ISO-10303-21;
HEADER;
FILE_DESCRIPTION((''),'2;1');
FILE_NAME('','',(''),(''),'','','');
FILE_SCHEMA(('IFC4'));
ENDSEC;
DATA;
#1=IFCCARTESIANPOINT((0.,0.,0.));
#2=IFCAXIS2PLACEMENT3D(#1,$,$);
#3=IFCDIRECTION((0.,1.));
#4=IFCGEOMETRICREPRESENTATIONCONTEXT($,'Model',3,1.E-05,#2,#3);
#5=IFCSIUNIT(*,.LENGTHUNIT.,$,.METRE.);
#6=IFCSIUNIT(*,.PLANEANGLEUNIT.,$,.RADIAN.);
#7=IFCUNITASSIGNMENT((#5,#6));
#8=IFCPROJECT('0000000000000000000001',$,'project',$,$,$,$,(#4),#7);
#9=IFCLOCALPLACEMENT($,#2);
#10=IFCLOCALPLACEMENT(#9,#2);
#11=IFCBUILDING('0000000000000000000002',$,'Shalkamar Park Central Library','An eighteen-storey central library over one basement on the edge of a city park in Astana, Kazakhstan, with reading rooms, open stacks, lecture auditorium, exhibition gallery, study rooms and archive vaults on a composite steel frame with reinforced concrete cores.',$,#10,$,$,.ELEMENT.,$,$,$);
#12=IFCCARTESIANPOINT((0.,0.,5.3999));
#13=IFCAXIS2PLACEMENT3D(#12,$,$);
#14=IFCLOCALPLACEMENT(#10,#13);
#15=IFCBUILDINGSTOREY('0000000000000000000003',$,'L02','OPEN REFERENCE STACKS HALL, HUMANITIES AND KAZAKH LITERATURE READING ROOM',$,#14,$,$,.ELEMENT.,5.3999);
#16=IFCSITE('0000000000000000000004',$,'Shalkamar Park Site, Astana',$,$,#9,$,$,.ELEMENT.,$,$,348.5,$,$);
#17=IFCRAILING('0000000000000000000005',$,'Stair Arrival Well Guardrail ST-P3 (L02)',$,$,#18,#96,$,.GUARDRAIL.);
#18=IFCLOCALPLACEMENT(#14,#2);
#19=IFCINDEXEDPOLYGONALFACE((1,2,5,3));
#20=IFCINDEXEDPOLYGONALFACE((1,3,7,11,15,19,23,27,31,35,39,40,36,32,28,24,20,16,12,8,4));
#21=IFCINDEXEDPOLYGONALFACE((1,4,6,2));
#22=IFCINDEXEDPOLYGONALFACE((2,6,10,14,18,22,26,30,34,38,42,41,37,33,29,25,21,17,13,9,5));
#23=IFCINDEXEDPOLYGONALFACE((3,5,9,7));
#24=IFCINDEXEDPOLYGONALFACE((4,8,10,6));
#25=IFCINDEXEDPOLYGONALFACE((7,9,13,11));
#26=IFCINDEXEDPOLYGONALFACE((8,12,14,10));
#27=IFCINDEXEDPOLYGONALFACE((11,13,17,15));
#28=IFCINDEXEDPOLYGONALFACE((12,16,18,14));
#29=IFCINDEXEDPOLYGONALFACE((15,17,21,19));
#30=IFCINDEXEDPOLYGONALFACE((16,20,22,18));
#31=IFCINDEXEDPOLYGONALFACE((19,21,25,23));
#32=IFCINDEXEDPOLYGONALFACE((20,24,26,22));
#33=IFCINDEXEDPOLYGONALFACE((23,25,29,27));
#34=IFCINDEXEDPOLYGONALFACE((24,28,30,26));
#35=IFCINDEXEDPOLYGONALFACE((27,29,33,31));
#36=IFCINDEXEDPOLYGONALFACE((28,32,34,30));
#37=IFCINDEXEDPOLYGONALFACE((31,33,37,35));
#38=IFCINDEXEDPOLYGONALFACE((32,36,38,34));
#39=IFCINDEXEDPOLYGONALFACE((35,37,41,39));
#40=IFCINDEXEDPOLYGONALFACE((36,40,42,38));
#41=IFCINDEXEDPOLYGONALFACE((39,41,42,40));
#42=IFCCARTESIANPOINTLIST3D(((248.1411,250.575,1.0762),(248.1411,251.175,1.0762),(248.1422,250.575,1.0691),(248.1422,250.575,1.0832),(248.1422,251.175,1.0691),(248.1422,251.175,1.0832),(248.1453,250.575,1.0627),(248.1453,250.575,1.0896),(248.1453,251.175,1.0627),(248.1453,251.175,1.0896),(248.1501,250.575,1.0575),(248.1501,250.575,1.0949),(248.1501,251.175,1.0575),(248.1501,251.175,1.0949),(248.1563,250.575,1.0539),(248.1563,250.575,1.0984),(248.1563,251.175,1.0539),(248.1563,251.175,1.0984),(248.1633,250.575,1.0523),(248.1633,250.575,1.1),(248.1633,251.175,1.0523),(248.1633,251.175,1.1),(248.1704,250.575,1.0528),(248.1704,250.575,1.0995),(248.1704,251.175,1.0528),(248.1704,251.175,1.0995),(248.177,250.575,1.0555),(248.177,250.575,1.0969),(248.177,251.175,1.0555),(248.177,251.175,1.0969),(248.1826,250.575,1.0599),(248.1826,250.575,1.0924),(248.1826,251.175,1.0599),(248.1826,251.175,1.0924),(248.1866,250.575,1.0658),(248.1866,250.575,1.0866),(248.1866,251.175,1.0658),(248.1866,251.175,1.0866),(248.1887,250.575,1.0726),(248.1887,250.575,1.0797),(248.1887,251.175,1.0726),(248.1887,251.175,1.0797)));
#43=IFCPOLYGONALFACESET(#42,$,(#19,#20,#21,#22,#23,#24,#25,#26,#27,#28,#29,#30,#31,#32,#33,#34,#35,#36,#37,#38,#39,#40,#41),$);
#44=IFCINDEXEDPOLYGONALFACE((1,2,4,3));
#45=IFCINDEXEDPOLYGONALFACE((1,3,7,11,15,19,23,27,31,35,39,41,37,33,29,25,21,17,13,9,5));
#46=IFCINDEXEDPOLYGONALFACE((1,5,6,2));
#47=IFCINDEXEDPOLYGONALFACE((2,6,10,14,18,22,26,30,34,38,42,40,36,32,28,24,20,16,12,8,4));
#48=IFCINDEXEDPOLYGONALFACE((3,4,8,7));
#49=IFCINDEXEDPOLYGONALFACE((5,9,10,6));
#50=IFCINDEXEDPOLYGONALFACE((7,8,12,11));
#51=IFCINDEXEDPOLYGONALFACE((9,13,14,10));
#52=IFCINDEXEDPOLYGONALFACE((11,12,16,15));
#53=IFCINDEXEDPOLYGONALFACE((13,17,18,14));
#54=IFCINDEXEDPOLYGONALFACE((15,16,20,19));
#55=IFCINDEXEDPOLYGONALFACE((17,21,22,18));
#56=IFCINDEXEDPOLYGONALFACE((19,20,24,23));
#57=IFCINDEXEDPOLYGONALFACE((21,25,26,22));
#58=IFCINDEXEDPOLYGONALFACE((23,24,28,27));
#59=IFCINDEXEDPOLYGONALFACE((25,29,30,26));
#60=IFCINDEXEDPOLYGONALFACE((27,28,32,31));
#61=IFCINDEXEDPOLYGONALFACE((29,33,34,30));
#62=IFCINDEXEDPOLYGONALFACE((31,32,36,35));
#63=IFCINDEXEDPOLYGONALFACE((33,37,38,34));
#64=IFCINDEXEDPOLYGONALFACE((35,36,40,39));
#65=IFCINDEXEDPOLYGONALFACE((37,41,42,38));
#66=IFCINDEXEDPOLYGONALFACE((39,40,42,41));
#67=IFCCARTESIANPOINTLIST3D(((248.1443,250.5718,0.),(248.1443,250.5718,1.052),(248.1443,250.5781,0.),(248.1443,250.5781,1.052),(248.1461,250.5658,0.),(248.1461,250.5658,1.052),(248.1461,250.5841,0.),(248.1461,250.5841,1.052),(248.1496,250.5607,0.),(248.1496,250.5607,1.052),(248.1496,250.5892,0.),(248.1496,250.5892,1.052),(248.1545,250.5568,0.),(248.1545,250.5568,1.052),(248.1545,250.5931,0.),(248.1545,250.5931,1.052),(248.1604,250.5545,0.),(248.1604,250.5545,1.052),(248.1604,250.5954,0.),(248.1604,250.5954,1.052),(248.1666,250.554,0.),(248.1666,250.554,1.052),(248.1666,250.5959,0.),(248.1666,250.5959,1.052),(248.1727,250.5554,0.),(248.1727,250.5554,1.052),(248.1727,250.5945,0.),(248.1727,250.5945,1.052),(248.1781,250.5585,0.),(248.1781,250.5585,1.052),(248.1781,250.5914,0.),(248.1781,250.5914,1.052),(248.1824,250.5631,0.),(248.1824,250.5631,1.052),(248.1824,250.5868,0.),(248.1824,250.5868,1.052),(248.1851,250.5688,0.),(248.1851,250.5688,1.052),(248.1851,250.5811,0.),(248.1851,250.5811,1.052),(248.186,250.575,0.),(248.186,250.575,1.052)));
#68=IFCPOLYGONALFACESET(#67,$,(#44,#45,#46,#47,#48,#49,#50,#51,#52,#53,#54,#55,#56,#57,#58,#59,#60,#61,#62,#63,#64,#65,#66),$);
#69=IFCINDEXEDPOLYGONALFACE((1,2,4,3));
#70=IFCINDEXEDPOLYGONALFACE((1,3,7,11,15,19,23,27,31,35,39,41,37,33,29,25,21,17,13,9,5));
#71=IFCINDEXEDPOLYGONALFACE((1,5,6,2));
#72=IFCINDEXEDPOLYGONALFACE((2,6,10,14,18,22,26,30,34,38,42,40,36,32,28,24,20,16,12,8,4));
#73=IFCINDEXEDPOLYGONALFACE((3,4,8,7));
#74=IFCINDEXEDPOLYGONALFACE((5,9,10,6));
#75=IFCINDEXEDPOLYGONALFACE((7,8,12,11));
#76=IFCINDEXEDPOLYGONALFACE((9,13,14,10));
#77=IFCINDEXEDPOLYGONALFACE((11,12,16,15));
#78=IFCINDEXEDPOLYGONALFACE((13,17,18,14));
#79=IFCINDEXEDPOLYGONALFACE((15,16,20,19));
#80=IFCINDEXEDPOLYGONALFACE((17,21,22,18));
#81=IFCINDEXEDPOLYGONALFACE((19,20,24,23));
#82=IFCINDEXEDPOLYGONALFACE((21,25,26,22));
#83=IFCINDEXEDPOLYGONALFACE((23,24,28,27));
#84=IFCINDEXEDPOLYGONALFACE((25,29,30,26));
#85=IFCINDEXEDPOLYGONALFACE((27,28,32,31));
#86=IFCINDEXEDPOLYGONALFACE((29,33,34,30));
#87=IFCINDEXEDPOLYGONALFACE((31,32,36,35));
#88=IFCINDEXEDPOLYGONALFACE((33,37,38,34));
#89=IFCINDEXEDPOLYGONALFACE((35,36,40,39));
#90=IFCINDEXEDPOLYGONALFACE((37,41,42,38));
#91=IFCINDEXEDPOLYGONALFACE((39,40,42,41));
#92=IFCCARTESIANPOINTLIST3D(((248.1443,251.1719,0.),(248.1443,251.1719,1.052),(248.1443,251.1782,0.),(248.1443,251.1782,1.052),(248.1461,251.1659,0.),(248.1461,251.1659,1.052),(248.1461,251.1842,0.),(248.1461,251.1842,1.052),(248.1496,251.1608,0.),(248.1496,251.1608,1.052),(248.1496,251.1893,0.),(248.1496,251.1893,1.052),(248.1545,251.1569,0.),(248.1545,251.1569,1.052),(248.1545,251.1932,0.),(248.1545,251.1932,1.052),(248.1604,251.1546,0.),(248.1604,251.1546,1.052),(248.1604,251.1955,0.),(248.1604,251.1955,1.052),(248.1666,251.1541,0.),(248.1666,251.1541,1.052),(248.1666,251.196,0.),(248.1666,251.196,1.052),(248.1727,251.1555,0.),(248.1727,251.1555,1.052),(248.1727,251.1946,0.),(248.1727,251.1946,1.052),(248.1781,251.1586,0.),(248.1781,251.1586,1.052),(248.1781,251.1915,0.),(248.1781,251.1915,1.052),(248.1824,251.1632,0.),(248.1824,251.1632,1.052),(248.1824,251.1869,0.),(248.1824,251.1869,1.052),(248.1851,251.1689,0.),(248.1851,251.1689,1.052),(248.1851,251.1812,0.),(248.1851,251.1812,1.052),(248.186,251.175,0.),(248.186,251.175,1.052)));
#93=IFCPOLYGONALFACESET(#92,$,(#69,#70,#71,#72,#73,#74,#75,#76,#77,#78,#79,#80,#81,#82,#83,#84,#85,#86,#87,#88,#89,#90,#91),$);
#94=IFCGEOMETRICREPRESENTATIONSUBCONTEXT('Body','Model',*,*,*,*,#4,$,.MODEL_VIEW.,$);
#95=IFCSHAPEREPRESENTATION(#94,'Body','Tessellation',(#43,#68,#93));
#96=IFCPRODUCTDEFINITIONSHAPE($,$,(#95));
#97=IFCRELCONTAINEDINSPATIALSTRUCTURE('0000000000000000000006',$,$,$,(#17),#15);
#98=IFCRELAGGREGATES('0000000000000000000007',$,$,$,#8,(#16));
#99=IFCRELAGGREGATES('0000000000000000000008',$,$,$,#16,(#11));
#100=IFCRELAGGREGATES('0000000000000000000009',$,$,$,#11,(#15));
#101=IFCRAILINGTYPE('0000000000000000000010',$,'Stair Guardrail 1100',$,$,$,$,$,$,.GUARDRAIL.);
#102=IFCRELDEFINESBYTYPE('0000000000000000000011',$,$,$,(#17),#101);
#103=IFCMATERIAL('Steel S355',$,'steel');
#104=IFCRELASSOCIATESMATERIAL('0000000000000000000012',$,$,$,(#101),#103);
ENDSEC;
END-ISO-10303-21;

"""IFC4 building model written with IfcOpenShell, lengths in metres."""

from ifc_helpers import new_model, si_unit, direction, frame, origin, origin_2d, place, context, subcontext, project, spatial, circle, extrude, material, type_object, element, save


model = new_model("IFC4")

# Units and contexts
model_context = context("Model", 3, precision=1e-05, world=origin(), true_north=direction((0.0, 1.0)))
body_context = subcontext(model_context, "Body", "Model", "MODEL_VIEW")
ifc_project = project(units=[si_unit("LENGTHUNIT", "METRE"), si_unit("PLANEANGLEUNIT", "RADIAN")], contexts=[model_context])

# Site, building, storey
site_placement = place(None, origin())
site = spatial("IfcSite", under=ifc_project, at=site_placement, Name="Shalkamar Park Site, Astana", CompositionType="ELEMENT", RefElevation=348.5)
building_placement = place(site_placement, origin())
building = spatial("IfcBuilding", under=site, at=building_placement, Name="Shalkamar Park Central Library", Description="An eighteen-storey central library over one basement on the edge of a city park in Astana, Kazakhstan, with reading rooms, open stacks, lecture auditorium, exhibition gallery, study rooms and archive vaults on a composite steel frame with reinforced concrete cores.", CompositionType="ELEMENT")
storey_placement = place(building_placement, frame((0.0, 0.0, 5.3999)))
storey = spatial("IfcBuildingStorey", under=building, at=storey_placement, Name="L02", Description="OPEN REFERENCE STACKS HALL, HUMANITIES AND KAZAKH LITERATURE READING ROOM", CompositionType="ELEMENT", Elevation=5.3999)

# Shared definitions
ifc_material_1 = material(Name="Steel S355", Category="steel")

# Railing
railing_type_1 = type_object("IfcRailingType", Name="Stair Guardrail 1100", PredefinedType="GUARDRAIL", material=ifc_material_1)
railing_1_placement = place(storey_placement, frame((248.165, 250.575, 0.0)))
element("IfcRailing", 1, at=railing_1_placement, inside=storey, type_object=railing_type_1, Name="Stair Arrival Well Guardrail ST-P3 (L02)", PredefinedType="GUARDRAIL", context=body_context, shape_type="SweptSolid", body=[
    extrude(circle(Radius=0.0239, at=origin_2d()), frame((0.0, 0.0, 1.0762), z_axis=(0.0, 1.0, 0.0), x_axis=(-1.0, 0.0, 0.0)), (0.0, 0.0, 1.0), 0.6001),
    extrude(circle(Radius=0.021, at=origin_2d()), origin(), (0.0, 0.0, 1.0), 1.052),
    extrude(circle(Radius=0.021, at=origin_2d()), frame((0.0, 0.6001, 0.0)), (0.0, 0.0, 1.0), 1.052),
])

save(model, "model.ifc")
